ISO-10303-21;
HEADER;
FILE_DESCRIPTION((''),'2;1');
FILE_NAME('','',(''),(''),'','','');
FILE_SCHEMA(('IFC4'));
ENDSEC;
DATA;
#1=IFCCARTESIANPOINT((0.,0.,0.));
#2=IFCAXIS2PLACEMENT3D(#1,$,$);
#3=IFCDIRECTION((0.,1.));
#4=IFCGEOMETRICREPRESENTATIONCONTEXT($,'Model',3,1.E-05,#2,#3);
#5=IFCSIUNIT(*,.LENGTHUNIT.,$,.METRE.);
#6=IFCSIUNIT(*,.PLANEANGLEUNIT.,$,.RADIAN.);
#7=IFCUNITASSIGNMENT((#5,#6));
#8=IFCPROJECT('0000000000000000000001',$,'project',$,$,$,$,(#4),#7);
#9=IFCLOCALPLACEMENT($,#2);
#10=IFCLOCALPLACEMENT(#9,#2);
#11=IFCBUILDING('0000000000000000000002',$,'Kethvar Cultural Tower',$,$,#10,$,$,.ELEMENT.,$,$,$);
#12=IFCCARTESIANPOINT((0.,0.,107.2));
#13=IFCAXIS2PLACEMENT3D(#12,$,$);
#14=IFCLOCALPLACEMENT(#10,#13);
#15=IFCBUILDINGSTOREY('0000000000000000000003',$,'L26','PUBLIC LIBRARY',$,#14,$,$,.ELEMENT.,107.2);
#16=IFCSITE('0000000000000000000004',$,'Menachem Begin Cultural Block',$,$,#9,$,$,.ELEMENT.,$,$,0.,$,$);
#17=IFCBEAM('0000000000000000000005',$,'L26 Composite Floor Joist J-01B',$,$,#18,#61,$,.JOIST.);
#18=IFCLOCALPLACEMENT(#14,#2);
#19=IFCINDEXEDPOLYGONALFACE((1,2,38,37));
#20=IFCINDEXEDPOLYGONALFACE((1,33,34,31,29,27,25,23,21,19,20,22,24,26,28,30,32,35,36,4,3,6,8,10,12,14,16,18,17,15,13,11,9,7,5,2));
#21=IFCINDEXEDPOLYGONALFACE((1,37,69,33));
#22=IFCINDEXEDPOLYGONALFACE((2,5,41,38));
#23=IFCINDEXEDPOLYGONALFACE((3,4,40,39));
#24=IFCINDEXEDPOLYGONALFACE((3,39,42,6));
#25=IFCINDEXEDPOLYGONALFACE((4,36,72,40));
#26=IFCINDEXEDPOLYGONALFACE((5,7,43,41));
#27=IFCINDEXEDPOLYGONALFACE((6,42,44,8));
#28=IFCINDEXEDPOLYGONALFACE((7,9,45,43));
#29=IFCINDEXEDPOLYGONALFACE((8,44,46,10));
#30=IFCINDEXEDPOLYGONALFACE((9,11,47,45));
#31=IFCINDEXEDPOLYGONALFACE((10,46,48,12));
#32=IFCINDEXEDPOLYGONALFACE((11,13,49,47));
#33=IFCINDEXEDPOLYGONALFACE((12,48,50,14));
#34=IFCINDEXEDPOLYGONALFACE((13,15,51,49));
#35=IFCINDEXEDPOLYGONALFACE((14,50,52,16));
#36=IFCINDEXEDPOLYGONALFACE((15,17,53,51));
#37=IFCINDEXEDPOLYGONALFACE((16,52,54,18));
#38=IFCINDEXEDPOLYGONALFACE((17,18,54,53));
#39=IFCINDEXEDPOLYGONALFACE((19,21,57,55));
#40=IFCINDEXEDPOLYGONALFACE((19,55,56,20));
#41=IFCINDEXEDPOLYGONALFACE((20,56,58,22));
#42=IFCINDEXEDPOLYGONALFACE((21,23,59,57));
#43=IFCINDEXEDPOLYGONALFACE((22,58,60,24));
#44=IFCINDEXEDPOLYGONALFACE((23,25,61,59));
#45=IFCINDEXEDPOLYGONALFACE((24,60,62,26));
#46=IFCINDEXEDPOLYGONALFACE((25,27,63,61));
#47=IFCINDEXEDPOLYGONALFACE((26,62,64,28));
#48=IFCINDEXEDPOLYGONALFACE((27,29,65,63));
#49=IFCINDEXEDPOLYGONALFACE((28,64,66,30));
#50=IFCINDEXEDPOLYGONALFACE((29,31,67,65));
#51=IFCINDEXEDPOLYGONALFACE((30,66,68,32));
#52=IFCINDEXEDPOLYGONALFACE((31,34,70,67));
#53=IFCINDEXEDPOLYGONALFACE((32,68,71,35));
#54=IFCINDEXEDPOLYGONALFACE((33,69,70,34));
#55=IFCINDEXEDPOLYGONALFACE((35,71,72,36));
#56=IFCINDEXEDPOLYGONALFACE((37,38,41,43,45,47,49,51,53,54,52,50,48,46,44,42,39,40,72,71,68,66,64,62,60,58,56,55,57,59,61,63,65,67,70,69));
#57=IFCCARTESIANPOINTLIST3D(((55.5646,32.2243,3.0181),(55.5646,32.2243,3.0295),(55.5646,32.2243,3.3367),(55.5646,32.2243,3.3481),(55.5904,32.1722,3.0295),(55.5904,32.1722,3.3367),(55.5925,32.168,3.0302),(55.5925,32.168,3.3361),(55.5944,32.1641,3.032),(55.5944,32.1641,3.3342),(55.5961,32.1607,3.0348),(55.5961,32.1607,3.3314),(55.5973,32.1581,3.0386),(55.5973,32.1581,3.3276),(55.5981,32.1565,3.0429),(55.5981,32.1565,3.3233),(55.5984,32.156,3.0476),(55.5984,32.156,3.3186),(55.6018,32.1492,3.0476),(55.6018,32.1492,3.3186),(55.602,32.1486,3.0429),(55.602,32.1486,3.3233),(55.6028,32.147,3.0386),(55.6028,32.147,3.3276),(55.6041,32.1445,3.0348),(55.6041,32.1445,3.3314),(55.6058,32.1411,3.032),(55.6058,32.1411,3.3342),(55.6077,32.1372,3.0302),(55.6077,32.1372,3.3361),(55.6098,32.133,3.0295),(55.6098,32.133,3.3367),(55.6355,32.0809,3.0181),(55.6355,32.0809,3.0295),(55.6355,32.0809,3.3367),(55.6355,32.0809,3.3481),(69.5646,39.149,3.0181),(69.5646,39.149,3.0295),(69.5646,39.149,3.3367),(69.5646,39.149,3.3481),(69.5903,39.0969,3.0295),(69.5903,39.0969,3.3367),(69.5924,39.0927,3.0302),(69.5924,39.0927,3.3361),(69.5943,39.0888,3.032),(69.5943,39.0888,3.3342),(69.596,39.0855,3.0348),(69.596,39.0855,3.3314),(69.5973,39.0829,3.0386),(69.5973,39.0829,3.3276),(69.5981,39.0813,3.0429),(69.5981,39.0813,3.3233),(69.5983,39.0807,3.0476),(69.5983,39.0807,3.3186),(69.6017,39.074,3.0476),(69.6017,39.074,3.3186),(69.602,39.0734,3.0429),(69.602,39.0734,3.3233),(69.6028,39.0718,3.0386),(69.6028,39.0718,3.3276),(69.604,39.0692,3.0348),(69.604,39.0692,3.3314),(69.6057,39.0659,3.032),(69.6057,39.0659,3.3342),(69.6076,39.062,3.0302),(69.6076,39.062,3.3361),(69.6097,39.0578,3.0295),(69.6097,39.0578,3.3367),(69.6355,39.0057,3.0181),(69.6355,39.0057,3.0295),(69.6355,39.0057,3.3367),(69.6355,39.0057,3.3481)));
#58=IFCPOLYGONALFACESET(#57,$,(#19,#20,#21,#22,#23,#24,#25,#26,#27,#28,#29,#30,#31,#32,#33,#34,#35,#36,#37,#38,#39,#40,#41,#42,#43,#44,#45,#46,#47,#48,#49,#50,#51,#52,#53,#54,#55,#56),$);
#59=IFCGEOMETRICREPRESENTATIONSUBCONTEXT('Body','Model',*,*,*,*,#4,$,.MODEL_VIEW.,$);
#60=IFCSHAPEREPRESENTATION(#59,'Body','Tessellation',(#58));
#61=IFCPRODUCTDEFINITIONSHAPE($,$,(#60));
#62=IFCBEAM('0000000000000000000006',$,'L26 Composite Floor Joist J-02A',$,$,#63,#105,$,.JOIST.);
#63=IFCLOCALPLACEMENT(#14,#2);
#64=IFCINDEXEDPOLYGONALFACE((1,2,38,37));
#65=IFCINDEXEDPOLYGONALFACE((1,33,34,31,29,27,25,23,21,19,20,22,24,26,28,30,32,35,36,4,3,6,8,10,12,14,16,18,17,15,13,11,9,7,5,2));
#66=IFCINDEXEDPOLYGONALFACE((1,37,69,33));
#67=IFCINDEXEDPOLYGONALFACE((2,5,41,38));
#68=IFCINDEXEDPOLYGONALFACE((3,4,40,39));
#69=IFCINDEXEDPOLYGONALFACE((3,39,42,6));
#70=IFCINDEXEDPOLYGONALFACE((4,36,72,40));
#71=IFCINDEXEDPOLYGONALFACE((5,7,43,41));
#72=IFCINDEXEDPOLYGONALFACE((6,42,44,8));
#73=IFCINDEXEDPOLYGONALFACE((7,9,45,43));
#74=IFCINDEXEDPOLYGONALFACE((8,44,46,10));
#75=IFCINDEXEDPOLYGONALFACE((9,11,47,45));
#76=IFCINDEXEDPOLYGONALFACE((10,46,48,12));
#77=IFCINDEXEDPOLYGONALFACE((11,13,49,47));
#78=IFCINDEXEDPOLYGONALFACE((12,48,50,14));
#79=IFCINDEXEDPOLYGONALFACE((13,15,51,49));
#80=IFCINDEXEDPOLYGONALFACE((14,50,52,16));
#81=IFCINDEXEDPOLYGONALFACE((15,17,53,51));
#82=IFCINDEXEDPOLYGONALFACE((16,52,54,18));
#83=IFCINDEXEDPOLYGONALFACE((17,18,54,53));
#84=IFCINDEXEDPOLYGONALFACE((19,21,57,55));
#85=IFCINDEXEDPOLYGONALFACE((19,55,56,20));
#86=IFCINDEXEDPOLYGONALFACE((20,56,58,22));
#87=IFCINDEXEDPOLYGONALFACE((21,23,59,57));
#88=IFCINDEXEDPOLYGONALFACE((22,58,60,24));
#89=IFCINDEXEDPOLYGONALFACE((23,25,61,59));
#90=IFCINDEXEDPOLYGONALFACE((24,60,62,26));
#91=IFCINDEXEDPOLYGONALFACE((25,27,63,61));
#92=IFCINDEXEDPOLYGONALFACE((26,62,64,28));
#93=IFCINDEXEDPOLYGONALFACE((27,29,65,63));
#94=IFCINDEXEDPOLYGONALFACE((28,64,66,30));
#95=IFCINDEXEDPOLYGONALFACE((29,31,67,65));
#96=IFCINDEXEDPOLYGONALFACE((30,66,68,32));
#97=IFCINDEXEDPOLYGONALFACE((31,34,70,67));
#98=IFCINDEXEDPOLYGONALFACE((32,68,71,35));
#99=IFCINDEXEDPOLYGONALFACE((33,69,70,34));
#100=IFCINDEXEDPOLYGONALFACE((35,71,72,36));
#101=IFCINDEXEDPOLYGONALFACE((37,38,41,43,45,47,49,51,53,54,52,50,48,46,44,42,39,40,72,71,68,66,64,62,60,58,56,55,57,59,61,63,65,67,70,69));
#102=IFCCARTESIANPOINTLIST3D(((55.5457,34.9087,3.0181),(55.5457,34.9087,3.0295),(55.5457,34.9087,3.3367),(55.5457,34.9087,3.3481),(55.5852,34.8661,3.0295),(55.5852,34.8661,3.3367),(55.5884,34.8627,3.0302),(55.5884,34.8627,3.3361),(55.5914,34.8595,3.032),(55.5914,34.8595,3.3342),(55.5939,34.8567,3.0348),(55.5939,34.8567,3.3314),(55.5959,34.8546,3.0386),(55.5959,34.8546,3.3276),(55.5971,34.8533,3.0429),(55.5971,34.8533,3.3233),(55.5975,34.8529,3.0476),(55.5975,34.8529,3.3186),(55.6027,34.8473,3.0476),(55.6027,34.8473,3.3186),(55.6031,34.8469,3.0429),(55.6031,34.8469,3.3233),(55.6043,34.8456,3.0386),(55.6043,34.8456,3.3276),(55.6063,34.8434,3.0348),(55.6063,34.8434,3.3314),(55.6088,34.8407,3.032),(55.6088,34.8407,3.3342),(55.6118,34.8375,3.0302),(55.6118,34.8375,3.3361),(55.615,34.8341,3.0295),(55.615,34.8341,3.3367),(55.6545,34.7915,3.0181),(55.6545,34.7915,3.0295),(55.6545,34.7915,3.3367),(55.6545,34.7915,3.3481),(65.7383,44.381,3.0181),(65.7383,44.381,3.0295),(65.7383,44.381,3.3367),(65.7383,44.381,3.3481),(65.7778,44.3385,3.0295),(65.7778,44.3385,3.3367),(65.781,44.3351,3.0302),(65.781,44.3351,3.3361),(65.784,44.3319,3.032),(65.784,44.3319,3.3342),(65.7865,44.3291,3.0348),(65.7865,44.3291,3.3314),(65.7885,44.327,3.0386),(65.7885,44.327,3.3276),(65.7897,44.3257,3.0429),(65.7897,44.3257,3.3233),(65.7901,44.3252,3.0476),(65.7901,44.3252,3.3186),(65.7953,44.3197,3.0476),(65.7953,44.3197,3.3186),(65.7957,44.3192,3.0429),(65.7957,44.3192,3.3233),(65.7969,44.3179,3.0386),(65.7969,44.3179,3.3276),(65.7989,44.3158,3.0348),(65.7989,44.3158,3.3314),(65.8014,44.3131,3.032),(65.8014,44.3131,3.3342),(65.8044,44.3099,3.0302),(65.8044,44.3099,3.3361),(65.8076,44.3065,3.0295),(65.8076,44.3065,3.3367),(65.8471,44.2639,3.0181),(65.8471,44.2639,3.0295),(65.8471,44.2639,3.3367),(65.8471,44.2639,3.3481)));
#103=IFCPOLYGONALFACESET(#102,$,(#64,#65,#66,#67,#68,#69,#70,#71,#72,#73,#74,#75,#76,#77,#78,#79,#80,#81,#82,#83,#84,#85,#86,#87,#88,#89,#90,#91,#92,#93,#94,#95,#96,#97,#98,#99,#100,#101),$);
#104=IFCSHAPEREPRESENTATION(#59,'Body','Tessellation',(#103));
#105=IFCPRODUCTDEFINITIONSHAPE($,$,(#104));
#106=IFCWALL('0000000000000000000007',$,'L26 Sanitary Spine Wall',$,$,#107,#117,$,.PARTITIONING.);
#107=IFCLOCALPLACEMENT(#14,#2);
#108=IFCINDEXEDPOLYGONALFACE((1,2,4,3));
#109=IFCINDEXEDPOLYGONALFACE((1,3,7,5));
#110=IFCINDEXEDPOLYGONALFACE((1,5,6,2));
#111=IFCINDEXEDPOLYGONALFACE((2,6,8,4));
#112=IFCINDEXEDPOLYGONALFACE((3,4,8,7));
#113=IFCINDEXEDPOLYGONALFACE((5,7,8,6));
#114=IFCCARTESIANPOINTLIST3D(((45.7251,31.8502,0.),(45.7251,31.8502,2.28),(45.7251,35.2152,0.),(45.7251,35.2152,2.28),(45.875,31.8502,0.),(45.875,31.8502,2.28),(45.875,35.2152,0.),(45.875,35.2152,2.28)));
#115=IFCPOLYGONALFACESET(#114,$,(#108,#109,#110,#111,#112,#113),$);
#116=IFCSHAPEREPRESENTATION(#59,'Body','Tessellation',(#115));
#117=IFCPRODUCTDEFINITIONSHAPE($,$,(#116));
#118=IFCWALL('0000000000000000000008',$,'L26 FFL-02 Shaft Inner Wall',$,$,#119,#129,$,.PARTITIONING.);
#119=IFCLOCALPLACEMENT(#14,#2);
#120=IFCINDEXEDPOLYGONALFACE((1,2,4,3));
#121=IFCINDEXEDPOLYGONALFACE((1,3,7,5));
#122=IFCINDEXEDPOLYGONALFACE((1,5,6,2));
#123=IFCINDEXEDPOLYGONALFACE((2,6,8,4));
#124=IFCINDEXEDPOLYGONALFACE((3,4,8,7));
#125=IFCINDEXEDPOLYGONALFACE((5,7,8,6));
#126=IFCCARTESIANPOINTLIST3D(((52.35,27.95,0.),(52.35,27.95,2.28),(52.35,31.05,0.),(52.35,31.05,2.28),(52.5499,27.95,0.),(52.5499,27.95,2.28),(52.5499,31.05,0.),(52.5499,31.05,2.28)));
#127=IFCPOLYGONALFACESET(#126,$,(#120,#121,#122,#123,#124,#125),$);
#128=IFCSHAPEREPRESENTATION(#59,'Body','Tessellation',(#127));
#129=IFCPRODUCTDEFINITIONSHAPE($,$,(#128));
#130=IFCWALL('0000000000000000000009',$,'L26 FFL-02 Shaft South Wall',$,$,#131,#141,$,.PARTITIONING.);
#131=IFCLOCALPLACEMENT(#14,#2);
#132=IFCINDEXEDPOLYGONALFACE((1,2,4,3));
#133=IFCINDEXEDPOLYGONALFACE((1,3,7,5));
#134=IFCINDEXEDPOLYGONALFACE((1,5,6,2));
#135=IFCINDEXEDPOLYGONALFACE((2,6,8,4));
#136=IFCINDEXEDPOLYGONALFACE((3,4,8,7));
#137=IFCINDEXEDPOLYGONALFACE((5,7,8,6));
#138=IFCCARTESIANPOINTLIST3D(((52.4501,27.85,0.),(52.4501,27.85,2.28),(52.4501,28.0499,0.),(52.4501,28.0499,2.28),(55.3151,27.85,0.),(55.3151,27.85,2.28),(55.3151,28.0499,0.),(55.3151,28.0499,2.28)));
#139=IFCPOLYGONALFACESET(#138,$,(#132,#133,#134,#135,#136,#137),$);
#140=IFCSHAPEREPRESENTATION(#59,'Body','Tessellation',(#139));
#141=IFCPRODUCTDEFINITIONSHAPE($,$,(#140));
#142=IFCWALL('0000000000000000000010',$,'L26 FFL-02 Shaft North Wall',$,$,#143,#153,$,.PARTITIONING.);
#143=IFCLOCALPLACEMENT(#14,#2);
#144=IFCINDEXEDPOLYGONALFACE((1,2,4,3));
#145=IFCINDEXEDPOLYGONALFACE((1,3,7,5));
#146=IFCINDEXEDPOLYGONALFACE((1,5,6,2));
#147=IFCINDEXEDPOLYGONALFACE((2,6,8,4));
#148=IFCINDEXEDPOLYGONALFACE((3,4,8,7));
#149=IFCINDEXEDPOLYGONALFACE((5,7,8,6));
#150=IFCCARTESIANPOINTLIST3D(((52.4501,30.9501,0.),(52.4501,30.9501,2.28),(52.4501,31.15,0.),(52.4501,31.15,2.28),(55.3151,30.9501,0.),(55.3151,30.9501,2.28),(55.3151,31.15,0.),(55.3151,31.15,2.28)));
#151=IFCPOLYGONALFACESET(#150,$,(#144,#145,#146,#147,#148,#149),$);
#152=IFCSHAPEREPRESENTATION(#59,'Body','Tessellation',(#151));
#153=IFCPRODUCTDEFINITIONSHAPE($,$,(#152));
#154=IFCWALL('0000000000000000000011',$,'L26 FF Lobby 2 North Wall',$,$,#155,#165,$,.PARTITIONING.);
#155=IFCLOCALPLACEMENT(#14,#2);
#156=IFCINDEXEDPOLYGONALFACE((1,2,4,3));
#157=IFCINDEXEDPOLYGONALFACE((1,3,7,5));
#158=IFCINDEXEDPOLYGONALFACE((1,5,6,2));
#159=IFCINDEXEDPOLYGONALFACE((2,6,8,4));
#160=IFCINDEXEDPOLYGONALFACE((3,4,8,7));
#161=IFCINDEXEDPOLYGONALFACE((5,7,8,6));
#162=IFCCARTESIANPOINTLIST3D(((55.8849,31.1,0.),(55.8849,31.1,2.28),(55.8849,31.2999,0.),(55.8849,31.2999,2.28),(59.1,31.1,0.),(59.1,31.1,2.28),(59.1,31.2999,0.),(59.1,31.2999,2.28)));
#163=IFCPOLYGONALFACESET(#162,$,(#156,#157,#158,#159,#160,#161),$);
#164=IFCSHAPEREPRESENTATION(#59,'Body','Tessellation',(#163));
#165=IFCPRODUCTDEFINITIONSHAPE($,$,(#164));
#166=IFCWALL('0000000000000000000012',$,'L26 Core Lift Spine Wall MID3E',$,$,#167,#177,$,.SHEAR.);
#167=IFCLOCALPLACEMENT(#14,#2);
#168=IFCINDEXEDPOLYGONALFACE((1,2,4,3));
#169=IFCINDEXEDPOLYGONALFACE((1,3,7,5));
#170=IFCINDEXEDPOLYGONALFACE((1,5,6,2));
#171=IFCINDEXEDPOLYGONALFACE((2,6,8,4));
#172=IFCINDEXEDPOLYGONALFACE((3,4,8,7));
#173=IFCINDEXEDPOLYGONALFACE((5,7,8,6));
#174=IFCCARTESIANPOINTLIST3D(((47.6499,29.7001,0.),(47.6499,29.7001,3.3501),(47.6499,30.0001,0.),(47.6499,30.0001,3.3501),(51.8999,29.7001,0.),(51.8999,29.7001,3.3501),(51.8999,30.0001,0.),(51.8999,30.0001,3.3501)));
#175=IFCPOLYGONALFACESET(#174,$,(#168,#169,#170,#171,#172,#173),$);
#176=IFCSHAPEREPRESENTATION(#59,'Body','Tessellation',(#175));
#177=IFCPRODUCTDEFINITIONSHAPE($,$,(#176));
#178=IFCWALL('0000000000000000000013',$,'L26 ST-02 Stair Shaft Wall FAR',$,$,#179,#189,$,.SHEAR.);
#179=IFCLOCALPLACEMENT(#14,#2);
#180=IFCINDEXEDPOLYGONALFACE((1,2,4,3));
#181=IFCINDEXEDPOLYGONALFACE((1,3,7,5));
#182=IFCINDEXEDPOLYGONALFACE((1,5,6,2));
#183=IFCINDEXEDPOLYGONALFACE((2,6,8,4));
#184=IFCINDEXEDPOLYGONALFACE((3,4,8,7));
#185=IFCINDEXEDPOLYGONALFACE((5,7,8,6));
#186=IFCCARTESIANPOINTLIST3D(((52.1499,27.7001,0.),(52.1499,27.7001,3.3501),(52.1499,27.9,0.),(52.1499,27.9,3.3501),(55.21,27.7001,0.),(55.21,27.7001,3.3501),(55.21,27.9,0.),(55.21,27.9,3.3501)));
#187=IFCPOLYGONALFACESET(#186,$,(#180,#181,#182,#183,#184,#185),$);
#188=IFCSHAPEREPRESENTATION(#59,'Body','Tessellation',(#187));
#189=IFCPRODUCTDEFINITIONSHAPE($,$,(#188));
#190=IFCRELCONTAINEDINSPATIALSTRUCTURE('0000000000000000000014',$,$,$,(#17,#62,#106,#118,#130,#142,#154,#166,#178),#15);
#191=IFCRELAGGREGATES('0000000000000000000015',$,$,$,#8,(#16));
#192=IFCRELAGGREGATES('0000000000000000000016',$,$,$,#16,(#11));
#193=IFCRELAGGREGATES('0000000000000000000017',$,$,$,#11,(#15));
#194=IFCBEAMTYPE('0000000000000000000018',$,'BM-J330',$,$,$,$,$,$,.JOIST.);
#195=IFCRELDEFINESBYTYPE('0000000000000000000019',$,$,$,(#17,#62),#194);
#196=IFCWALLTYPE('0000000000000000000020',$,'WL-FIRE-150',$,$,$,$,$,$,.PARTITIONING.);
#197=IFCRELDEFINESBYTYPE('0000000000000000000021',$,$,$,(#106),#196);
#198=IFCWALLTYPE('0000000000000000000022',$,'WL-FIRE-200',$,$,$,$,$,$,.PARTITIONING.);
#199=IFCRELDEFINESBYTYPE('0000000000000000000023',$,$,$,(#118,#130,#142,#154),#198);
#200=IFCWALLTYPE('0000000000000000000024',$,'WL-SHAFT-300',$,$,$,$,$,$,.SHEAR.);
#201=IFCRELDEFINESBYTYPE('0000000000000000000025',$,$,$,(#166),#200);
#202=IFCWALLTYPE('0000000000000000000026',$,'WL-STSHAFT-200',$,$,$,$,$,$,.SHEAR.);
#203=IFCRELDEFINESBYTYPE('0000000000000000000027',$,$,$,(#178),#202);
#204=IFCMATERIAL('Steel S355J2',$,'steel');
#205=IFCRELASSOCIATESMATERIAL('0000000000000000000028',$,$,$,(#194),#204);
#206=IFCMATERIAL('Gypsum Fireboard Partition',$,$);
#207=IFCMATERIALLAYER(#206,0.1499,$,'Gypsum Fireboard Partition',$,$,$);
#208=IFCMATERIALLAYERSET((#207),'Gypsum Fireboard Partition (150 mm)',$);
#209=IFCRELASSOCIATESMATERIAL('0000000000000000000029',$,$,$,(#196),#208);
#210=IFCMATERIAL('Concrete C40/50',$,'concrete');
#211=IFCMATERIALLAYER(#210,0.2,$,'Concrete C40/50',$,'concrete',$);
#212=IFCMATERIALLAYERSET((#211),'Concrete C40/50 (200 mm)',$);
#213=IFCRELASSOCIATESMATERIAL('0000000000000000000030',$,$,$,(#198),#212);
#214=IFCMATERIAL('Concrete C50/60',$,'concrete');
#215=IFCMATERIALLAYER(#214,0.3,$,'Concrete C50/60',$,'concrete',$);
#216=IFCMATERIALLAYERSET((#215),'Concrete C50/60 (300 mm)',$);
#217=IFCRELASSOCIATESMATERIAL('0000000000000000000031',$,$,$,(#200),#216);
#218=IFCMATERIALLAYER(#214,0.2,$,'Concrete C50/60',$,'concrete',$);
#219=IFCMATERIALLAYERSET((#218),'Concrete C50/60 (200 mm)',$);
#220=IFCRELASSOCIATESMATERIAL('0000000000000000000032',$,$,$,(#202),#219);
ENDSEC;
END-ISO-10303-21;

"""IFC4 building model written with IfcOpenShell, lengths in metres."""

from ifc_helpers import new_model, si_unit, direction, frame, frame_2d, origin, origin_2d, place, context, subcontext, project, spatial, rectangle, i_section, extrude, source, transform, mapped, material, layer, layer_set, material_profile, profile_set, type_object, element, save


model = new_model("IFC4")

# Units and contexts
model_context = context("Model", 3, precision=1e-05, world=origin(), true_north=direction((0.0, 1.0)))
body_context = subcontext(model_context, "Body", "Model", "MODEL_VIEW")
ifc_project = project(units=[si_unit("LENGTHUNIT", "METRE"), si_unit("PLANEANGLEUNIT", "RADIAN")], contexts=[model_context])

# Site, building, storey
site_placement = place(None, origin())
site = spatial("IfcSite", under=ifc_project, at=site_placement, Name="Menachem Begin Cultural Block", CompositionType="ELEMENT", RefElevation=0.0)
building_placement = place(site_placement, origin())
building = spatial("IfcBuilding", under=site, at=building_placement, Name="Kethvar Cultural Tower", CompositionType="ELEMENT")
storey_placement = place(building_placement, frame((0.0, 0.0, 107.2)))
storey = spatial("IfcBuildingStorey", under=building, at=storey_placement, Name="L26", Description="PUBLIC LIBRARY", CompositionType="ELEMENT", Elevation=107.2)

# Beams
ifc_material_1 = material(Name="Steel S355J2", Category="steel")
ifc_material_profile_1 = material_profile(ifc_material_1, i_section(OverallWidth=0.1599, OverallDepth=0.3301, WebThickness=0.0076, FlangeThickness=0.0115, FilletRadius=0.0181, at=origin_2d()), Name="Steel S355J2 — IPE330")
ifc_profile_set_1 = profile_set([ifc_material_profile_1], Name="Steel S355J2 — IPE330")
beam_type_1 = type_object("IfcBeamType", Name="BM-J330", PredefinedType="JOIST", material=ifc_profile_set_1)
shared_shape_1 = source(origin(), body_context, "Body", "SweptSolid", [
    extrude(i_section(OverallWidth=0.1599, OverallDepth=0.3301, WebThickness=0.0076, FlangeThickness=0.0115, FilletRadius=0.0181, at=origin_2d()), origin(), (0.0, 0.0, 1.0), 15.6189),
])
beam_1_placement = place(storey_placement, frame((55.6001, 32.1526, 3.1831), z_axis=(0.896345, 0.443358, 0.0), x_axis=(-0.443358, 0.896345, 0.0)))
element("IfcBeam", 1, at=beam_1_placement, inside=storey, type_object=beam_type_1, Name="L26 Composite Floor Joist J-01B", PredefinedType="JOIST", context=body_context, shape_type="MappedRepresentation", body=[
    mapped(shared_shape_1, transform((0.0, 0.0, 0.0), scale=1.0)),
])
shared_shape_2 = source(origin(), body_context, "Body", "SweptSolid", [
    extrude(i_section(OverallWidth=0.1599, OverallDepth=0.3301, WebThickness=0.0076, FlangeThickness=0.0115, FilletRadius=0.0181, at=origin_2d()), origin(), (0.0, 0.0, 1.0), 13.9146),
])
beam_2_placement = place(storey_placement, frame((55.6001, 34.8501, 3.1831), z_axis=(0.732513, 0.680753, 0.0), x_axis=(-0.680753, 0.732513, 0.0)))
element("IfcBeam", 2, at=beam_2_placement, inside=storey, type_object=beam_type_1, Name="L26 Composite Floor Joist J-02A", PredefinedType="JOIST", context=body_context, shape_type="MappedRepresentation", body=[
    mapped(shared_shape_2, transform((0.0, 0.0, 0.0), scale=1.0)),
])

# Walls
ifc_material_2 = material(Name="Gypsum Fireboard Partition")
ifc_layer_1 = layer(ifc_material_2, 0.1499, Name="Gypsum Fireboard Partition")
ifc_layer_set_1 = layer_set([ifc_layer_1], Name="Gypsum Fireboard Partition (150 mm)")
wall_type_1 = type_object("IfcWallType", Name="WL-FIRE-150", PredefinedType="PARTITIONING", material=ifc_layer_set_1)
wall_1_placement = place(storey_placement, frame((45.8, 31.8501, 0.0), z_axis=(0.0, 0.0, 1.0), x_axis=(0.0, 1.0, 0.0)))
element("IfcWall", 3, at=wall_1_placement, inside=storey, type_object=wall_type_1, Name="L26 Sanitary Spine Wall", PredefinedType="PARTITIONING", context=body_context, shape_type="SweptSolid", body=[
    extrude(rectangle(XDim=3.365, YDim=0.1499, at=frame_2d((1.6826, 0.0))), origin(), (0.0, 0.0, 1.0), 2.28),
])
ifc_material_3 = material(Name="Concrete C40/50", Category="concrete")
ifc_layer_2 = layer(ifc_material_3, 0.2, Name="Concrete C40/50", Category="concrete")
ifc_layer_set_2 = layer_set([ifc_layer_2], Name="Concrete C40/50 (200 mm)")
wall_type_2 = type_object("IfcWallType", Name="WL-FIRE-200", PredefinedType="PARTITIONING", material=ifc_layer_set_2)
wall_2_placement = place(storey_placement, frame((52.45, 27.95, 0.0), z_axis=(0.0, 0.0, 1.0), x_axis=(0.0, 1.0, 0.0)))
element("IfcWall", 4, at=wall_2_placement, inside=storey, type_object=wall_type_2, Name="L26 FFL-02 Shaft Inner Wall", PredefinedType="PARTITIONING", context=body_context, shape_type="SweptSolid", body=[
    extrude(rectangle(XDim=3.1001, YDim=0.2, at=frame_2d((1.55, 0.0))), origin(), (0.0, 0.0, 1.0), 2.28),
])
for number, where, z_axis, x_axis, name in (
    (5, (52.45, 27.95, 0.0), (0.0, 0.0, 1.0), (1.0, 0.0, 0.0), "L26 FFL-02 Shaft South Wall"),
    (6, (52.45, 31.05, 0.0), (0.0, 0.0, 1.0), (1.0, 0.0, 0.0), "L26 FFL-02 Shaft North Wall"),
):
    element("IfcWall", number, at=place(storey_placement, frame(where, z_axis=z_axis, x_axis=x_axis)), inside=storey, type_object=wall_type_2, Name=name, PredefinedType="PARTITIONING", context=body_context, shape_type="SweptSolid", body=[
        extrude(rectangle(XDim=2.865, YDim=0.2, at=frame_2d((1.4326, 0.0))), origin(), (0.0, 0.0, 1.0), 2.28),
    ])
wall_3_placement = place(storey_placement, frame((55.885, 31.2, 0.0), z_axis=(0.0, 0.0, 1.0), x_axis=(1.0, 0.0, 0.0)))
element("IfcWall", 7, at=wall_3_placement, inside=storey, type_object=wall_type_2, Name="L26 FF Lobby 2 North Wall", PredefinedType="PARTITIONING", context=body_context, shape_type="SweptSolid", body=[
    extrude(rectangle(XDim=3.2151, YDim=0.2, at=frame_2d((1.6074, 0.0))), origin(), (0.0, 0.0, 1.0), 2.28),
])
ifc_material_4 = material(Name="Concrete C50/60", Category="concrete")
ifc_layer_3 = layer(ifc_material_4, 0.3, Name="Concrete C50/60", Category="concrete")
ifc_layer_set_3 = layer_set([ifc_layer_3], Name="Concrete C50/60 (300 mm)")
wall_type_3 = type_object("IfcWallType", Name="WL-SHAFT-300", PredefinedType="SHEAR", material=ifc_layer_set_3)
wall_4_placement = place(storey_placement, frame((47.6499, 29.8501, 0.0), z_axis=(0.0, 0.0, 1.0), x_axis=(1.0, 0.0, 0.0)))
element("IfcWall", 8, at=wall_4_placement, inside=storey, type_object=wall_type_3, Name="L26 Core Lift Spine Wall MID3E", PredefinedType="SHEAR", context=body_context, shape_type="SweptSolid", body=[
    extrude(rectangle(XDim=4.25, YDim=0.3, at=frame_2d((2.125, 0.0))), origin(), (0.0, 0.0, 1.0), 3.3501),
])
ifc_layer_4 = layer(ifc_material_4, 0.2, Name="Concrete C50/60", Category="concrete")
ifc_layer_set_4 = layer_set([ifc_layer_4], Name="Concrete C50/60 (200 mm)")
wall_type_4 = type_object("IfcWallType", Name="WL-STSHAFT-200", PredefinedType="SHEAR", material=ifc_layer_set_4)
wall_5_placement = place(storey_placement, frame((52.1499, 27.8, 0.0), z_axis=(0.0, 0.0, 1.0), x_axis=(1.0, 0.0, 0.0)))
element("IfcWall", 9, at=wall_5_placement, inside=storey, type_object=wall_type_4, Name="L26 ST-02 Stair Shaft Wall FAR", PredefinedType="SHEAR", context=body_context, shape_type="SweptSolid", body=[
    extrude(rectangle(XDim=3.0601, YDim=0.2, at=frame_2d((1.53, 0.0))), origin(), (0.0, 0.0, 1.0), 3.3501),
])

save(model, "model.ifc")
